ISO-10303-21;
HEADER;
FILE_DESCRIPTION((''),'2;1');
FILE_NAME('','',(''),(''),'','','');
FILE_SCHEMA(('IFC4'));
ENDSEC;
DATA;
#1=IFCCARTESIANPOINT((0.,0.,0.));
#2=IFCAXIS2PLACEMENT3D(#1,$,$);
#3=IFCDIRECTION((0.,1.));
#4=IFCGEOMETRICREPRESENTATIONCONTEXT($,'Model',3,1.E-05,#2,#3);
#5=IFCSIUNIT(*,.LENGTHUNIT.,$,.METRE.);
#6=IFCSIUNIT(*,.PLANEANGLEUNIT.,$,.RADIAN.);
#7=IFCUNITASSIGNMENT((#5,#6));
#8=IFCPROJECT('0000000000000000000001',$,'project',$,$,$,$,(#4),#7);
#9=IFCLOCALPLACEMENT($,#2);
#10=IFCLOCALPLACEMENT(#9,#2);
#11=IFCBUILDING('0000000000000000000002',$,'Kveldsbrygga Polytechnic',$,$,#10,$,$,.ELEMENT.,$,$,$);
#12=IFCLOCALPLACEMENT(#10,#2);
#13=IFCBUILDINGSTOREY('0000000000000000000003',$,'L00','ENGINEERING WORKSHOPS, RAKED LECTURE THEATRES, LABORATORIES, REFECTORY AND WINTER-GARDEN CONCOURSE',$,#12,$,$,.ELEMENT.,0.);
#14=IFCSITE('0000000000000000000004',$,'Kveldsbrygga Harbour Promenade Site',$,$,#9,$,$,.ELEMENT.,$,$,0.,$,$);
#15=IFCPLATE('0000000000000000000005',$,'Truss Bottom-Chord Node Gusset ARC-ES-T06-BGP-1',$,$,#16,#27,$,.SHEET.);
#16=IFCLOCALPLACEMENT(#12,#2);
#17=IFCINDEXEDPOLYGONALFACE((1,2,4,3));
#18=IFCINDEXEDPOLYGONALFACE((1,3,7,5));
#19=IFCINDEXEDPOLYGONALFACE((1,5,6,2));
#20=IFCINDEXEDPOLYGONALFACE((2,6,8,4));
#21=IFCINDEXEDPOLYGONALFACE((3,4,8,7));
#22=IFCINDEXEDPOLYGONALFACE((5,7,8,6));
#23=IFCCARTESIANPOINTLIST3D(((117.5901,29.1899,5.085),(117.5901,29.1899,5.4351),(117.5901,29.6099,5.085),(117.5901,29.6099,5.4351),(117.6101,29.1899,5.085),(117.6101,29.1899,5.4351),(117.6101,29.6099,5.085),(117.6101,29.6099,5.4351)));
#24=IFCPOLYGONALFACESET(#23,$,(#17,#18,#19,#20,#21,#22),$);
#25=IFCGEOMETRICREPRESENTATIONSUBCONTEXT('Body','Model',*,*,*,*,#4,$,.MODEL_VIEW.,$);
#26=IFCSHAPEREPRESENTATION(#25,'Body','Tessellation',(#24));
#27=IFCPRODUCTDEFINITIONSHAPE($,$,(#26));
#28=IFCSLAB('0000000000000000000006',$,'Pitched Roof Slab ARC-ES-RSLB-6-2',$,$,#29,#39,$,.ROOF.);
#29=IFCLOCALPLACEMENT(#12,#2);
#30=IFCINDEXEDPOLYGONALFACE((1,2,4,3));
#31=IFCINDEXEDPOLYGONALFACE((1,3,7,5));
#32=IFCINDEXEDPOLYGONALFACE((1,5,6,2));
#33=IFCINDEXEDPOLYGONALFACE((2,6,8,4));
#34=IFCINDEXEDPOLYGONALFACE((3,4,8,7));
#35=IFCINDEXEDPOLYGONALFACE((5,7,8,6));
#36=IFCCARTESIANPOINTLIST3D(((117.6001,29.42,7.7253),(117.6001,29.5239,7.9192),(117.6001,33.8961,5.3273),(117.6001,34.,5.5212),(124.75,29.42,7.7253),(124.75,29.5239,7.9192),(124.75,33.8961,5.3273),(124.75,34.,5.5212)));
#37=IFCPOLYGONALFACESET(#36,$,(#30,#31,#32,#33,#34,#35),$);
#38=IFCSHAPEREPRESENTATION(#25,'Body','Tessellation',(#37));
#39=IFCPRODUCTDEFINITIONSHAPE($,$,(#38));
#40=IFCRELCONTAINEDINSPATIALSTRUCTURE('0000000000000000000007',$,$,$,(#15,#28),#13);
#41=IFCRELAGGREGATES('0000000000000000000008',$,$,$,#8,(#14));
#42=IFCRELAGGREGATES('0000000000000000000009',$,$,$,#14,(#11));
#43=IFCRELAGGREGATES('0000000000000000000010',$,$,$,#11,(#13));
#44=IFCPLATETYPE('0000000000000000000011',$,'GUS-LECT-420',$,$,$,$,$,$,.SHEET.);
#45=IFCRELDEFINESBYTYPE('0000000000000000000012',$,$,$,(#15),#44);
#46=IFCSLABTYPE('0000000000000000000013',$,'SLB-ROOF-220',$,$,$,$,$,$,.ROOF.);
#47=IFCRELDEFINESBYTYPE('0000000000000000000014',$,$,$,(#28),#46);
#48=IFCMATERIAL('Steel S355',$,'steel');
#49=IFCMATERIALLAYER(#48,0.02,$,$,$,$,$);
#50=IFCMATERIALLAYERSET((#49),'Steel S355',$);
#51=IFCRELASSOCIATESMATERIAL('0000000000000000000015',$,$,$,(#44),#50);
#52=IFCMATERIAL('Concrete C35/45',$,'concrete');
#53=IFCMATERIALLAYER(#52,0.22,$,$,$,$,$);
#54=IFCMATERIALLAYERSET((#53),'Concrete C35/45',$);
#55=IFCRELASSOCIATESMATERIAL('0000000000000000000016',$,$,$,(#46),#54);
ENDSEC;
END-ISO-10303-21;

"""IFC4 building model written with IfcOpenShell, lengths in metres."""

from ifc_helpers import new_model, si_unit, direction, frame, origin, origin_2d, place, context, subcontext, project, spatial, polyline, rectangle, outline, extrude, material, layer, layer_set, type_object, element, save


model = new_model("IFC4")

# Units and contexts
model_context = context("Model", 3, precision=1e-05, world=origin(), true_north=direction((0.0, 1.0)))
body_context = subcontext(model_context, "Body", "Model", "MODEL_VIEW")
ifc_project = project(units=[si_unit("LENGTHUNIT", "METRE"), si_unit("PLANEANGLEUNIT", "RADIAN")], contexts=[model_context])

# Site, building, storey
site_placement = place(None, origin())
site = spatial("IfcSite", under=ifc_project, at=site_placement, Name="Kveldsbrygga Harbour Promenade Site", CompositionType="ELEMENT", RefElevation=0.0)
building_placement = place(site_placement, origin())
building = spatial("IfcBuilding", under=site, at=building_placement, Name="Kveldsbrygga Polytechnic", CompositionType="ELEMENT")
storey_placement = place(building_placement, origin())
storey = spatial("IfcBuildingStorey", under=building, at=storey_placement, Name="L00", Description="ENGINEERING WORKSHOPS, RAKED LECTURE THEATRES, LABORATORIES, REFECTORY AND WINTER-GARDEN CONCOURSE", CompositionType="ELEMENT", Elevation=0.0)

# Shared definitions
ifc_material_1 = material(Name="Steel S355", Category="steel")

# Plate
ifc_layer_1 = layer(ifc_material_1, 0.02)
ifc_layer_set_1 = layer_set([ifc_layer_1], Name="Steel S355")
plate_type_1 = type_object("IfcPlateType", Name="GUS-LECT-420", PredefinedType="SHEET", material=ifc_layer_set_1)
plate_1_placement = place(storey_placement, frame((117.6001, 29.3999, 5.085), z_axis=(0.0, 0.0, 1.0), x_axis=(1.0, 0.0, 0.0)))
element("IfcPlate", 1, at=plate_1_placement, inside=storey, type_object=plate_type_1, Name="Truss Bottom-Chord Node Gusset ARC-ES-T06-BGP-1", PredefinedType="SHEET", context=body_context, shape_type="SweptSolid", body=[
    extrude(rectangle(XDim=0.02, YDim=0.4199, at=origin_2d()), origin(), (0.0, 0.0, 1.0), 0.3501),
])

# Slab
ifc_material_2 = material(Name="Concrete C35/45", Category="concrete")
ifc_layer_2 = layer(ifc_material_2, 0.22)
ifc_layer_set_2 = layer_set([ifc_layer_2], Name="Concrete C35/45")
slab_type = type_object("IfcSlabType", Name="SLB-ROOF-220", PredefinedType="ROOF", material=ifc_layer_set_2)
slab_placement = place(storey_placement, frame((117.6001, 29.5239, 7.9192), z_axis=(0.0, 0.472229, 0.881476), x_axis=(1.0, 0.0, 0.0)))
element("IfcSlab", 2, at=slab_placement, inside=storey, type_object=slab_type, Name="Pitched Roof Slab ARC-ES-RSLB-6-2", PredefinedType="ROOF", context=body_context, shape_type="SweptSolid", body=[
    extrude(outline(polyline([(0.0, 0.0), (7.1499, 0.0), (7.1499, 5.0779), (0.0, 5.0779), (0.0, 0.0)])), origin(), (0.0, 0.0, -1.0), 0.22),
])

save(model, "model.ifc")
